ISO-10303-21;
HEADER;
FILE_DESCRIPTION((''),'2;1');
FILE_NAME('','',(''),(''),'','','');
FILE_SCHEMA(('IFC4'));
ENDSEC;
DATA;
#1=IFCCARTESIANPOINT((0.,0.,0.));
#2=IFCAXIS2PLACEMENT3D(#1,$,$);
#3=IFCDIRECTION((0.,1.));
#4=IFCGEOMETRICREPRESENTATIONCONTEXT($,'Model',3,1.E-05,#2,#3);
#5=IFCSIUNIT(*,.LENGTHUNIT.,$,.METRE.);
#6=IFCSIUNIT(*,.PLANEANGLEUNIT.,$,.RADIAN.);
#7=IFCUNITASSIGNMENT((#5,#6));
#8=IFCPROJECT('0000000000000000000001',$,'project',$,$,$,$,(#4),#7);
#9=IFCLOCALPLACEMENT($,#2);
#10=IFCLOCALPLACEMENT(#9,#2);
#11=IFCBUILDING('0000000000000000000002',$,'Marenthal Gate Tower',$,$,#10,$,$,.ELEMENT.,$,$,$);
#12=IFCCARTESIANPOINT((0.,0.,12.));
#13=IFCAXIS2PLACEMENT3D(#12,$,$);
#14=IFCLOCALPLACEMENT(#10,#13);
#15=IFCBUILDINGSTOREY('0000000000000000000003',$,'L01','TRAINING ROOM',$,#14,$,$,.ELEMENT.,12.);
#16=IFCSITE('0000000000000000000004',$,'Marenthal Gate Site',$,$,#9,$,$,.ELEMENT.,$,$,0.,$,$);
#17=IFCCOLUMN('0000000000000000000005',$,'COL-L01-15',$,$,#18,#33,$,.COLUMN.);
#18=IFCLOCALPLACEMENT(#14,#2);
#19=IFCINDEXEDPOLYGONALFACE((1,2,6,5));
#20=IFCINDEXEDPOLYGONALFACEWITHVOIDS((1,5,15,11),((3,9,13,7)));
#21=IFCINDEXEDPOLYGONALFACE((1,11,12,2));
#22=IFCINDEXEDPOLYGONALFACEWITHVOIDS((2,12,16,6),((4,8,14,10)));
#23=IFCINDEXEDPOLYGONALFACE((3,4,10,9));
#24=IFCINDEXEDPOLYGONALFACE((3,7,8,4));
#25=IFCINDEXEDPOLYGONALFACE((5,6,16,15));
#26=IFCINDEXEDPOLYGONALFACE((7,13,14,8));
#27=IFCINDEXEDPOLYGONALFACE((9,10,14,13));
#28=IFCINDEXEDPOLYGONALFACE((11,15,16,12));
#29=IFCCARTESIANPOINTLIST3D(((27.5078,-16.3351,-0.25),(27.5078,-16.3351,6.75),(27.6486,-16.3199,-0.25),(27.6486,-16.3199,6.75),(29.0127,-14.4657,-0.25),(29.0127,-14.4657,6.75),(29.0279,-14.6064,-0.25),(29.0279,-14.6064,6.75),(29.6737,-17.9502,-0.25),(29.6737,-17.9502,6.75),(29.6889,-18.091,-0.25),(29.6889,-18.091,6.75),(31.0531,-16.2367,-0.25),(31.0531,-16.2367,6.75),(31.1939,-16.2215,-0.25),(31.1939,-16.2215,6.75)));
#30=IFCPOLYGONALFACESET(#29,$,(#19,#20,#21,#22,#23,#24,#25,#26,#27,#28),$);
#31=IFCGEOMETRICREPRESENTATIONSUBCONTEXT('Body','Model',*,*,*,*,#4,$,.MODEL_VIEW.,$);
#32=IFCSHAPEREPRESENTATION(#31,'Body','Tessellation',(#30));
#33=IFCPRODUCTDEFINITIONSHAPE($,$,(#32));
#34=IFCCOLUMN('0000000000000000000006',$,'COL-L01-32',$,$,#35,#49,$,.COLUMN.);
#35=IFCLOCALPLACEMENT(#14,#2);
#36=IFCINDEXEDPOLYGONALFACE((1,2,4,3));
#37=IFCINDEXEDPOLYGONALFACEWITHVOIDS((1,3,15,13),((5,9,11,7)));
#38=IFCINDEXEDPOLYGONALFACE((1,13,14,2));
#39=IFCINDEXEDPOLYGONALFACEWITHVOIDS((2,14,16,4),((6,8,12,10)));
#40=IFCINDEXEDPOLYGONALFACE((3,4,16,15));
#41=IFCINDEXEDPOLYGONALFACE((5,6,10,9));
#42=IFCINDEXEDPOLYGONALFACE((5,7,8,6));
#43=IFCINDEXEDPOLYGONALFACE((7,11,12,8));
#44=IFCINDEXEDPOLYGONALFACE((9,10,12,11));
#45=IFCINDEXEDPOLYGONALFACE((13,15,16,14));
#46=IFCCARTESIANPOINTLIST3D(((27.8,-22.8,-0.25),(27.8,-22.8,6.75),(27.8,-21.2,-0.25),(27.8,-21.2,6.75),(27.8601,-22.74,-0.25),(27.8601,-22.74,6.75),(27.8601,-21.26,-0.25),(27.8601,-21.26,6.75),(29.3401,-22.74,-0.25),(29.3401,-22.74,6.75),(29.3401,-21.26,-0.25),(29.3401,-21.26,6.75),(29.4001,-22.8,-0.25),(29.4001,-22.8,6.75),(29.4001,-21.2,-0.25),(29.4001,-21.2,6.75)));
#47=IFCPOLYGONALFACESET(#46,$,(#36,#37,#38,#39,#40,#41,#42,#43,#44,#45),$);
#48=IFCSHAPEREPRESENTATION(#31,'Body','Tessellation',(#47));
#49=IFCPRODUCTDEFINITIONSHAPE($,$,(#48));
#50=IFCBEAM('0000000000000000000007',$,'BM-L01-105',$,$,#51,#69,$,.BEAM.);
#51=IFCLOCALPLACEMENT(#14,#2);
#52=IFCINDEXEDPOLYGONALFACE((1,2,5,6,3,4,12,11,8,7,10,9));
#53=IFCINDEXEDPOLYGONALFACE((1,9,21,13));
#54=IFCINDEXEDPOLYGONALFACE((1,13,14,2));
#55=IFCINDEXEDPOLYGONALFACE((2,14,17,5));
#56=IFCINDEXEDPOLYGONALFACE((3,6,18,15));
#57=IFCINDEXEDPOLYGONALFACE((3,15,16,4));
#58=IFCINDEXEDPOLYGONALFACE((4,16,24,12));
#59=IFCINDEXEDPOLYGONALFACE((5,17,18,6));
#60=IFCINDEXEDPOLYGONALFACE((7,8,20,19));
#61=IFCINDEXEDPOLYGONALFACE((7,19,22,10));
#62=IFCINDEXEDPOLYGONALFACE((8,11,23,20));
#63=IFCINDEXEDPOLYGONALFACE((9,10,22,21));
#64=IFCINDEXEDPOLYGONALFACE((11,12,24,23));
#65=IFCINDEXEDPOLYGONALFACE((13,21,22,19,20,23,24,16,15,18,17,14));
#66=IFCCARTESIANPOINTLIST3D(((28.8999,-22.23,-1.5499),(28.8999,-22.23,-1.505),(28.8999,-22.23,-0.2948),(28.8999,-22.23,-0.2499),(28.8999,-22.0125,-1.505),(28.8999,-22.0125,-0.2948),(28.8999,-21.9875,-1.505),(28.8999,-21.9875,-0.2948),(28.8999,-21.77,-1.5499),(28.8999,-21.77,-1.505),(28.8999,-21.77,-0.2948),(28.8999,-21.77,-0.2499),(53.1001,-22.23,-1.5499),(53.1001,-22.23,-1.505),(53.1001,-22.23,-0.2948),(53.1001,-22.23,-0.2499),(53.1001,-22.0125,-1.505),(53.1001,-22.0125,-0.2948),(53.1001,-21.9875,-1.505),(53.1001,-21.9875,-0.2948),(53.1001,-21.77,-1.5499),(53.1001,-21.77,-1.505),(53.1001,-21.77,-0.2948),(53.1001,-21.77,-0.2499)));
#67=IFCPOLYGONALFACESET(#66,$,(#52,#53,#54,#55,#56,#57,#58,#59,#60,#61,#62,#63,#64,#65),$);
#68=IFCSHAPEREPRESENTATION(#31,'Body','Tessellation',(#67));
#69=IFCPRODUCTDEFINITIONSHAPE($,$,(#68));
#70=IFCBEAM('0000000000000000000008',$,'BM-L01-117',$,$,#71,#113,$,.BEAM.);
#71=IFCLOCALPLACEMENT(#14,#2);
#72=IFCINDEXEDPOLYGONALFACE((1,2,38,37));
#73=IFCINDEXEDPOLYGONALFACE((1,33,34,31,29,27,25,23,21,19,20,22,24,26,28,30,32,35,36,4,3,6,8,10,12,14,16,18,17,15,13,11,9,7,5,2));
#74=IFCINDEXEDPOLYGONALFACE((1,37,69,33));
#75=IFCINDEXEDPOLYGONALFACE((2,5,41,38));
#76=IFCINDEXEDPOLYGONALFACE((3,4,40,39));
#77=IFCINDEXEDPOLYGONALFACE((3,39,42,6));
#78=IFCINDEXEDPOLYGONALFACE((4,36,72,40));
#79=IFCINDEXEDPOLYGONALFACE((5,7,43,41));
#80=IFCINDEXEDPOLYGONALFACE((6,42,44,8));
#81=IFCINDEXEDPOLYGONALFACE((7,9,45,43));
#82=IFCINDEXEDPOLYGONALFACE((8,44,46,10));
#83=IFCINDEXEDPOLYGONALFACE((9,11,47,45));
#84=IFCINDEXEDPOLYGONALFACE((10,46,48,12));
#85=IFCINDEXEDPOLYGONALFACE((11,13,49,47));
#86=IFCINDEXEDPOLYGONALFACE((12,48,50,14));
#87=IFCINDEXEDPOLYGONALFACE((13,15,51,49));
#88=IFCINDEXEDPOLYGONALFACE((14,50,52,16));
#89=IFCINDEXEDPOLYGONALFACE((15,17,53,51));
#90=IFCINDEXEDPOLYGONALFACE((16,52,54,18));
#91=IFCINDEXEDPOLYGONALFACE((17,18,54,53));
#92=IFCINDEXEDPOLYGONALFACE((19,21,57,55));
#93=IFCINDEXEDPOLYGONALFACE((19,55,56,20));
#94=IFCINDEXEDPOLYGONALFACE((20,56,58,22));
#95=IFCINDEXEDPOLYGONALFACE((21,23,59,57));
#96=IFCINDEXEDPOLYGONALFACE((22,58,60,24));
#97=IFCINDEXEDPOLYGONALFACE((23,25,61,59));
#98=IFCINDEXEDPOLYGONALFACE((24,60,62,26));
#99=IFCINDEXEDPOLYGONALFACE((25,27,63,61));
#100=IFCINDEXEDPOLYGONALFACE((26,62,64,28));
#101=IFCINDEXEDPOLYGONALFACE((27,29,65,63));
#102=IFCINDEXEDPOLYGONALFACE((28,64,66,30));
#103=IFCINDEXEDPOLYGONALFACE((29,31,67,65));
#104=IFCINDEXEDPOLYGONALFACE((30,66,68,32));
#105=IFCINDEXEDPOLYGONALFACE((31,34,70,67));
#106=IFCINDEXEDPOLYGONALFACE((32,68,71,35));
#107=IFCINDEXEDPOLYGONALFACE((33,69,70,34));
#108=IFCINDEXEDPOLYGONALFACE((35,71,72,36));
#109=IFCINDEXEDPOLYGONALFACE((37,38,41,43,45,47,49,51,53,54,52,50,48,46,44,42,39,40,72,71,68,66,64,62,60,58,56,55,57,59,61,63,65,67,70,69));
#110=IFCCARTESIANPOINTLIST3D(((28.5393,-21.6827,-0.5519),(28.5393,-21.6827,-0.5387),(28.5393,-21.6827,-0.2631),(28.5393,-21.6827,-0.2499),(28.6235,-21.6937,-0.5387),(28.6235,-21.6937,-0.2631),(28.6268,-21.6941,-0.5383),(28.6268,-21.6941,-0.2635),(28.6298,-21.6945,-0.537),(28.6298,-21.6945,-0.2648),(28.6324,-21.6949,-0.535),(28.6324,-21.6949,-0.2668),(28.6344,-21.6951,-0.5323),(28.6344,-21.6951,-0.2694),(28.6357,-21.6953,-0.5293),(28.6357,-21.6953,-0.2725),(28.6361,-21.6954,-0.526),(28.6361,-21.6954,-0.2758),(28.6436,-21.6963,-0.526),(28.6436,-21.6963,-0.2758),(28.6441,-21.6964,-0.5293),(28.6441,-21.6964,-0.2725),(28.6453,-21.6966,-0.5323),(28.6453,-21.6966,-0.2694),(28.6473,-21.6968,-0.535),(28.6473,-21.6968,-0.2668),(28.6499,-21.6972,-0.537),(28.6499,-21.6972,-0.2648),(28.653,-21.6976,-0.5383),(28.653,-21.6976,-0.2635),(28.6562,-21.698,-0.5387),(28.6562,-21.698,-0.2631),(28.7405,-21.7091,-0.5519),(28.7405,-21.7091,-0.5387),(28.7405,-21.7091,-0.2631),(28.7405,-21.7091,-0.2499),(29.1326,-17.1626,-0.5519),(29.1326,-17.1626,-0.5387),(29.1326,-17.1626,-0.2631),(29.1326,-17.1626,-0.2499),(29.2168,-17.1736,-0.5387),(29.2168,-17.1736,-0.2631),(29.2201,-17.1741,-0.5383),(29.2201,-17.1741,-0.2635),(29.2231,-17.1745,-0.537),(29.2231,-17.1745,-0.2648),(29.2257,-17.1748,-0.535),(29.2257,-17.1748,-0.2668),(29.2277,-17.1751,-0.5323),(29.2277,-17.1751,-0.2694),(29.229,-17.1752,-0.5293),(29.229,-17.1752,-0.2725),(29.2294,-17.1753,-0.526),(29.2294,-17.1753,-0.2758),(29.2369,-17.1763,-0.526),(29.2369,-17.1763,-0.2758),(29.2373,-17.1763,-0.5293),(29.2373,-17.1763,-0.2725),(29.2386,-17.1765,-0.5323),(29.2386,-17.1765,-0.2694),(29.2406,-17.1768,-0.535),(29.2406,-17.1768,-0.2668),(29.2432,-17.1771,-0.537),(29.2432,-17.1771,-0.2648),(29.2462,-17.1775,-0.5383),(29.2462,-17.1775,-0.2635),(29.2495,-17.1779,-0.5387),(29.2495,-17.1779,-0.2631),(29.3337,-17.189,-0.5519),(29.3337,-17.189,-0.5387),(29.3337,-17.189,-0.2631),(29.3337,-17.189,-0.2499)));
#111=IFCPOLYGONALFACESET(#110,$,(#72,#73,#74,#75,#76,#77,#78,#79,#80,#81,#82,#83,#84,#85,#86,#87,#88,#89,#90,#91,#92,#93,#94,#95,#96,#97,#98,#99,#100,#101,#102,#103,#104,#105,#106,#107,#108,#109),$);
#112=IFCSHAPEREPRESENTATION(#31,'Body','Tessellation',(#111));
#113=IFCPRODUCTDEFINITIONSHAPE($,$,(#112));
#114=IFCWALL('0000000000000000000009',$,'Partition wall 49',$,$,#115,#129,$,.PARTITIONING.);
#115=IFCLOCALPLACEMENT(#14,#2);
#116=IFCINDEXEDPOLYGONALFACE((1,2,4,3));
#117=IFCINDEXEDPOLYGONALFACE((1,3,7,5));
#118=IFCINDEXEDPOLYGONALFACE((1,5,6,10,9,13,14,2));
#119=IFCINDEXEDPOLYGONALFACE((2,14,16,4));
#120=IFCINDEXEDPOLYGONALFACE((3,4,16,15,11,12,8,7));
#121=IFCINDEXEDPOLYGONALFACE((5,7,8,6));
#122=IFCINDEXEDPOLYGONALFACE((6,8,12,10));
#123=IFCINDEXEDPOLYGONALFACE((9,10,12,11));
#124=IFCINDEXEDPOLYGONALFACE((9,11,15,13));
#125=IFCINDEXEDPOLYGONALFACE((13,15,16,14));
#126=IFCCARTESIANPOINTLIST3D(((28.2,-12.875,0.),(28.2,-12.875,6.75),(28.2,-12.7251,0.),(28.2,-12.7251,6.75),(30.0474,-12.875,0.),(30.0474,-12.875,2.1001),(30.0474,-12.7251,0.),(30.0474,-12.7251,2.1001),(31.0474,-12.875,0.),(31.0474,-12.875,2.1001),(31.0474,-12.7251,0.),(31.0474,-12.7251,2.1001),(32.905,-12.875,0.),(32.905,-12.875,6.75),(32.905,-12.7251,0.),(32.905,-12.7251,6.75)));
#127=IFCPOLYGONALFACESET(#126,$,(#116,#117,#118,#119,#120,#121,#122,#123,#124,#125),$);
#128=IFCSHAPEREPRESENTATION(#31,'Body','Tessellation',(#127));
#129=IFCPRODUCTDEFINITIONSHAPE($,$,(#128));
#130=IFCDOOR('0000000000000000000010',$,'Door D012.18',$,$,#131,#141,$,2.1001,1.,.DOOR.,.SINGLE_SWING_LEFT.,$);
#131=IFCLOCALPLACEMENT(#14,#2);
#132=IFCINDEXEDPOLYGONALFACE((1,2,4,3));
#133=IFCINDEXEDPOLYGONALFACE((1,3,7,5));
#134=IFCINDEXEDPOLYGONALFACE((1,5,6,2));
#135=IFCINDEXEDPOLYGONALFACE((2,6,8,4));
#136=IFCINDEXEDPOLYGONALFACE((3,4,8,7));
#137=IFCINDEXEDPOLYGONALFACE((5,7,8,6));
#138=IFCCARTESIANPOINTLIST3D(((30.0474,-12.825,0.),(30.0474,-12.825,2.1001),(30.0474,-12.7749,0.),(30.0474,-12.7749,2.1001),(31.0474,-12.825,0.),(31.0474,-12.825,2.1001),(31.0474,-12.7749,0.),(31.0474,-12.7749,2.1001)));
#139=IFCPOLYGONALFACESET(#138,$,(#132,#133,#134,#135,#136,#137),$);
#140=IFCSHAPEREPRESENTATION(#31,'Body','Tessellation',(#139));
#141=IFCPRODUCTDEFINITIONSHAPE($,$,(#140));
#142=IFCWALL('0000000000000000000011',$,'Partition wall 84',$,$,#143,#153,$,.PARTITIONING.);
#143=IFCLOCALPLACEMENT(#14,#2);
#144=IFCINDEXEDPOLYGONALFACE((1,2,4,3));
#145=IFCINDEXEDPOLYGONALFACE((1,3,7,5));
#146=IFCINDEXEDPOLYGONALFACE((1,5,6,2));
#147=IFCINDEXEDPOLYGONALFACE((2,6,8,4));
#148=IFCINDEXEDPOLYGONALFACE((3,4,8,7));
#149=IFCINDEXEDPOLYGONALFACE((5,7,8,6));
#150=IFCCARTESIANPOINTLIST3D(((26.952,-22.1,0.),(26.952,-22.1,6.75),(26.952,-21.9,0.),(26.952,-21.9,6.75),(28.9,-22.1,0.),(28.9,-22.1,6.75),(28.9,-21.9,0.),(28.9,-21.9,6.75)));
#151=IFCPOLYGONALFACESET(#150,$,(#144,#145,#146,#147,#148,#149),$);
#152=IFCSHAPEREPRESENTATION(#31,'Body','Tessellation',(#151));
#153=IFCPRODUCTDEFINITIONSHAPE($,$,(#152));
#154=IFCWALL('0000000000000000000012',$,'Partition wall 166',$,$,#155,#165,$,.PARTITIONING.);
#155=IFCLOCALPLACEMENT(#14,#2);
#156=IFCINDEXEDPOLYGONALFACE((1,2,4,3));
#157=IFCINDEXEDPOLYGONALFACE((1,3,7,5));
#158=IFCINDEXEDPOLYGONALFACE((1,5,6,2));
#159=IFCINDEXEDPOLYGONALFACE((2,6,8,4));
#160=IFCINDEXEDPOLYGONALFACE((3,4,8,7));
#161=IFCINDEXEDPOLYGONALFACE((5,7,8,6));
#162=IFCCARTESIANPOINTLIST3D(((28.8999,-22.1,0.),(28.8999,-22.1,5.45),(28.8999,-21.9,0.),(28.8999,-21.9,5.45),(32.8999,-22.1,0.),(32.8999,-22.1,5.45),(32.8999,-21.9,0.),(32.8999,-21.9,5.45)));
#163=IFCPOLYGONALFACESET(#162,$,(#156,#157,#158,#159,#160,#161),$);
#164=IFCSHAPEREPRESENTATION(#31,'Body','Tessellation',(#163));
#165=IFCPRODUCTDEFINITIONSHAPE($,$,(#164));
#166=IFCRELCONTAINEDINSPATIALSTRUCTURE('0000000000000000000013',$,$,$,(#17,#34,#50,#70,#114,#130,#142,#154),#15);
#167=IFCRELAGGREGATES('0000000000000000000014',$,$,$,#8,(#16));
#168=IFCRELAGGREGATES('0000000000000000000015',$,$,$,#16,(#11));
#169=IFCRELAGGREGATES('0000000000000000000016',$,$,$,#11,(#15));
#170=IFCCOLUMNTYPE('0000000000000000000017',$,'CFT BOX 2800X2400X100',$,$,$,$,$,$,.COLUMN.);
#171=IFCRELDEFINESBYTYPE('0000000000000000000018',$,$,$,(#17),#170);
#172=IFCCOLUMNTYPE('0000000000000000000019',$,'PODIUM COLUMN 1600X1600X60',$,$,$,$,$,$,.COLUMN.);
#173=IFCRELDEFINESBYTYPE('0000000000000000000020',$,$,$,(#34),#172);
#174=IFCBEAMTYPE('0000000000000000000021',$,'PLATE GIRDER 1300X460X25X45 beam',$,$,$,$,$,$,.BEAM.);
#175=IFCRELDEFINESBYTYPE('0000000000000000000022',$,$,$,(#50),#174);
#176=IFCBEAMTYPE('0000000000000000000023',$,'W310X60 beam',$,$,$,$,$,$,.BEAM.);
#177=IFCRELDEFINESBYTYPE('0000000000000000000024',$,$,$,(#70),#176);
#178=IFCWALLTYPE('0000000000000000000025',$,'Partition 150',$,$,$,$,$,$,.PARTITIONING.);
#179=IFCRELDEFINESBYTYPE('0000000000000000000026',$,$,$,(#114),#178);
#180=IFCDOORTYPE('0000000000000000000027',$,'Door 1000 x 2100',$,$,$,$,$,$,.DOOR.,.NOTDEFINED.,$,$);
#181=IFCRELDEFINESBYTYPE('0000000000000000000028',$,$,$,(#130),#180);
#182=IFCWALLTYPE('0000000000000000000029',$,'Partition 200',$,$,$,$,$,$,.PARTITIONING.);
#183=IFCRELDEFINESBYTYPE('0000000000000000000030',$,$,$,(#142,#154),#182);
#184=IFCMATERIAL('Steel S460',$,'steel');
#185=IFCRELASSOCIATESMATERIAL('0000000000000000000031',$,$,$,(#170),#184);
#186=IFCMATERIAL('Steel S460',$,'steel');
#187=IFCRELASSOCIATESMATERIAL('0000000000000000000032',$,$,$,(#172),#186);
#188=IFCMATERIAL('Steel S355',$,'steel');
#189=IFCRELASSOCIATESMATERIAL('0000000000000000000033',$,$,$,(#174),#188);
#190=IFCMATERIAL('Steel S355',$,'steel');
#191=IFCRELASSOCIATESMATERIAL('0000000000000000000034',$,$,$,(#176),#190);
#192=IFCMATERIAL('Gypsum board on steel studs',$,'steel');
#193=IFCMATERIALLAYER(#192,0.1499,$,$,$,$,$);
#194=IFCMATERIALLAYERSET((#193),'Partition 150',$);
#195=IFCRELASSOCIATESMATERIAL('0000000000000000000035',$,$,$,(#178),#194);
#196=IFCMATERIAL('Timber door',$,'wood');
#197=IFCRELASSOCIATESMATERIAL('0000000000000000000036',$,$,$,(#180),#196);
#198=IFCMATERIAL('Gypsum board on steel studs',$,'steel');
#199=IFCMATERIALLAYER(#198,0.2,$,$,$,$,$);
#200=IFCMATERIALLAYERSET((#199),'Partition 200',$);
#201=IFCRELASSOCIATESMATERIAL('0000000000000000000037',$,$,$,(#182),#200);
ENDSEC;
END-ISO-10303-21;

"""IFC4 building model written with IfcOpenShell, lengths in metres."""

from ifc_helpers import new_model, si_unit, direction, frame, frame_2d, origin, origin_2d, place, context, subcontext, project, spatial, rectangle, hollow_rectangle, i_section, extrude, material, layer, layer_set, material_profile, profile_set, type_object, element, fill, save


model = new_model("IFC4")

# Units and contexts
model_context = context("Model", 3, precision=1e-05, world=origin(), true_north=direction((0.0, 1.0)))
body_context = subcontext(model_context, "Body", "Model", "MODEL_VIEW")
ifc_project = project(units=[si_unit("LENGTHUNIT", "METRE"), si_unit("PLANEANGLEUNIT", "RADIAN")], contexts=[model_context])

# Site, building, storey
site_placement = place(None, origin())
site = spatial("IfcSite", under=ifc_project, at=site_placement, Name="Marenthal Gate Site", CompositionType="ELEMENT", RefElevation=0.0)
building_placement = place(site_placement, origin())
building = spatial("IfcBuilding", under=site, at=building_placement, Name="Marenthal Gate Tower", CompositionType="ELEMENT")
storey_placement = place(building_placement, frame((0.0, 0.0, 12.0)))
storey = spatial("IfcBuildingStorey", under=building, at=storey_placement, Name="L01", Description="TRAINING ROOM", CompositionType="ELEMENT", Elevation=12.0)

# Columns
ifc_material_1 = material(Name="Steel S460", Category="steel")
ifc_material_profile_1 = material_profile(ifc_material_1, hollow_rectangle(XDim=2.3999, YDim=2.8, WallThickness=0.1001, at=origin_2d()), Name="CFT BOX 2800X2400X100")
ifc_material_2 = material(Name="Concrete 70 MPa", Category="concrete")
ifc_material_profile_2 = material_profile(ifc_material_2, rectangle(XDim=2.2, YDim=2.6001, at=origin_2d()), Name="CFT BOX 2800X2400X100 INFILL")
ifc_profile_set_1 = profile_set([ifc_material_profile_1, ifc_material_profile_2], Name="Steel S460 shell, Concrete 70 MPa infill")
column_type_1 = type_object("IfcColumnType", Name="CFT BOX 2800X2400X100", PredefinedType="COLUMN", material=ifc_profile_set_1)
column_1_placement = place(storey_placement, frame((29.3508, -16.2783, -0.25), z_axis=(0.0, 0.0, 1.0), x_axis=(-0.62707, -0.778963, 0.0)))
element("IfcColumn", 1, at=column_1_placement, inside=storey, type_object=column_type_1, Name="COL-L01-15", PredefinedType="COLUMN", context=body_context, shape_type="SweptSolid", body=[
    extrude(hollow_rectangle(XDim=2.3999, YDim=2.8, WallThickness=0.1001, at=origin_2d()), origin(), (0.0, 0.0, 1.0), 7.0),
])
ifc_material_3 = material(Name="Steel S460", Category="steel")
ifc_material_profile_3 = material_profile(ifc_material_3, hollow_rectangle(XDim=1.6001, YDim=1.6001, WallThickness=0.0601, at=origin_2d()), Name="CFT BOX 1600X1600X60")
ifc_material_4 = material(Name="Concrete 70 MPa", Category="concrete")
ifc_material_profile_4 = material_profile(ifc_material_4, rectangle(XDim=1.48, YDim=1.48, at=origin_2d()), Name="CFT BOX 1600X1600X60 INFILL")
ifc_profile_set_2 = profile_set([ifc_material_profile_3, ifc_material_profile_4], Name="Steel S460 shell, Concrete 70 MPa infill")
column_type_2 = type_object("IfcColumnType", Name="PODIUM COLUMN 1600X1600X60", PredefinedType="COLUMN", material=ifc_profile_set_2)
column_2_placement = place(storey_placement, frame((28.6001, -22.0, -0.25), z_axis=(0.0, 0.0, 1.0), x_axis=(1.0, 0.0, 0.0)))
element("IfcColumn", 2, at=column_2_placement, inside=storey, type_object=column_type_2, Name="COL-L01-32", PredefinedType="COLUMN", context=body_context, shape_type="SweptSolid", body=[
    extrude(hollow_rectangle(XDim=1.6001, YDim=1.6001, WallThickness=0.0601, at=origin_2d()), origin(), (0.0, 0.0, 1.0), 7.0),
])

# Beams
ifc_material_5 = material(Name="Steel S355", Category="steel")
ifc_material_profile_5 = material_profile(ifc_material_5, i_section(OverallWidth=0.46, OverallDepth=1.3, WebThickness=0.0249, FlangeThickness=0.0449, at=origin_2d()), Name="PLATE GIRDER 1300X460X25X45")
ifc_profile_set_3 = profile_set([ifc_material_profile_5], Name="Steel S355")
beam_type_1 = type_object("IfcBeamType", Name="PLATE GIRDER 1300X460X25X45 beam", PredefinedType="BEAM", material=ifc_profile_set_3)
beam_1_placement = place(storey_placement, frame((28.8999, -22.0, -0.8999), z_axis=(1.0, 0.0, 0.0), x_axis=(0.0, 1.0, 0.0)))
element("IfcBeam", 3, at=beam_1_placement, inside=storey, type_object=beam_type_1, Name="BM-L01-105", PredefinedType="BEAM", context=body_context, shape_type="SweptSolid", body=[
    extrude(i_section(OverallWidth=0.46, OverallDepth=1.3, WebThickness=0.0249, FlangeThickness=0.0449, at=origin_2d()), origin(), (0.0, 0.0, 1.0), 24.2002),
])
ifc_material_6 = material(Name="Steel S355", Category="steel")
ifc_material_profile_6 = material_profile(ifc_material_6, i_section(OverallWidth=0.2029, OverallDepth=0.302, WebThickness=0.0076, FlangeThickness=0.0132, FilletRadius=0.0127, at=origin_2d()), Name="W310X60")
ifc_profile_set_4 = profile_set([ifc_material_profile_6], Name="Steel S355")
beam_type_2 = type_object("IfcBeamType", Name="W310X60 beam", PredefinedType="BEAM", material=ifc_profile_set_4)
beam_2_placement = place(storey_placement, frame((29.2332, -17.1758, -0.4009), z_axis=(-0.130136, -0.991496, 0.0), x_axis=(0.991496, -0.130136, 0.0)))
element("IfcBeam", 4, at=beam_2_placement, inside=storey, type_object=beam_type_2, Name="BM-L01-117", PredefinedType="BEAM", context=body_context, shape_type="SweptSolid", body=[
    extrude(i_section(OverallWidth=0.2029, OverallDepth=0.302, WebThickness=0.0076, FlangeThickness=0.0132, FilletRadius=0.0127, at=origin_2d()), origin(), (0.0, 0.0, 1.0), 4.5588),
])

# Wall, opening, door
ifc_material_7 = material(Name="Gypsum board on steel studs", Category="steel")
ifc_layer_1 = layer(ifc_material_7, 0.1499)
ifc_layer_set_1 = layer_set([ifc_layer_1], Name="Partition 150")
wall_type_1 = type_object("IfcWallType", Name="Partition 150", PredefinedType="PARTITIONING", material=ifc_layer_set_1)
wall_1_placement = place(storey_placement, frame((28.2, -12.8, 0.0), z_axis=(0.0, 0.0, 1.0), x_axis=(1.0, 0.0, 0.0)))
wall_1 = element("IfcWall", 5, at=wall_1_placement, inside=storey, type_object=wall_type_1, Name="Partition wall 49", PredefinedType="PARTITIONING", context=body_context, shape_type="SweptSolid", body=[
    extrude(rectangle(XDim=4.7051, YDim=0.1499, at=frame_2d((2.3525, 0.0))), origin(), (0.0, 0.0, 1.0), 6.75),
])
opening_1_placement = place(wall_1_placement, frame((1.8474, 0.0, 0.0)))
opening_1 = element("IfcOpeningElement", 6, at=opening_1_placement, cuts=wall_1, PredefinedType="OPENING", context=body_context, shape_type="SweptSolid", body=[
    extrude(rectangle(XDim=1.0, YDim=2.1001, at=frame_2d((0.5, 1.05))), frame((0.0, 0.085, 0.0), z_axis=(0.0, -1.0, 0.0), x_axis=(1.0, 0.0, 0.0)), (0.0, 0.0, 1.0), 0.1699),
])
ifc_material_8 = material(Name="Timber door", Category="wood")
door_type = type_object("IfcDoorType", Name="Door 1000 x 2100", OperationType="NOTDEFINED", PredefinedType="DOOR", material=ifc_material_8)
door_placement = place(opening_1_placement, frame((1.0, 0.0, 0.0), z_axis=(0.0, 0.0, 1.0), x_axis=(-1.0, 0.0, 0.0)))
door = element("IfcDoor", 7, at=door_placement, inside=storey, type_object=door_type, Name="Door D012.18", OperationType="SINGLE_SWING_LEFT", OverallHeight=2.1001, OverallWidth=1.0, PredefinedType="DOOR", context=body_context, shape_type="SweptSolid", body=[
    extrude(rectangle(XDim=1.0, YDim=2.1001, at=frame_2d((0.5, 1.05))), frame((0.0, 0.0249, 0.0), z_axis=(0.0, -1.0, 0.0), x_axis=(1.0, 0.0, 0.0)), (0.0, 0.0, 1.0), 0.05),
])
fill(opening_1, door)

# Walls
ifc_material_9 = material(Name="Gypsum board on steel studs", Category="steel")
ifc_layer_2 = layer(ifc_material_9, 0.2)
ifc_layer_set_2 = layer_set([ifc_layer_2], Name="Partition 200")
wall_type_2 = type_object("IfcWallType", Name="Partition 200", PredefinedType="PARTITIONING", material=ifc_layer_set_2)
wall_2_placement = place(storey_placement, frame((26.9519, -22.0, 0.0), z_axis=(0.0, 0.0, 1.0), x_axis=(1.0, 0.0, 0.0)))
element("IfcWall", 8, at=wall_2_placement, inside=storey, type_object=wall_type_2, Name="Partition wall 84", PredefinedType="PARTITIONING", context=body_context, shape_type="SweptSolid", body=[
    extrude(rectangle(XDim=1.948, YDim=0.2, at=frame_2d((0.9741, 0.0))), origin(), (0.0, 0.0, 1.0), 6.75),
])
wall_3_placement = place(storey_placement, frame((28.8999, -22.0, 0.0), z_axis=(0.0, 0.0, 1.0), x_axis=(1.0, 0.0, 0.0)))
element("IfcWall", 9, at=wall_3_placement, inside=storey, type_object=wall_type_2, Name="Partition wall 166", PredefinedType="PARTITIONING", context=body_context, shape_type="SweptSolid", body=[
    extrude(rectangle(XDim=4.0, YDim=0.2, at=frame_2d((2.0, 0.0))), origin(), (0.0, 0.0, 1.0), 5.45),
])

save(model, "model.ifc")
